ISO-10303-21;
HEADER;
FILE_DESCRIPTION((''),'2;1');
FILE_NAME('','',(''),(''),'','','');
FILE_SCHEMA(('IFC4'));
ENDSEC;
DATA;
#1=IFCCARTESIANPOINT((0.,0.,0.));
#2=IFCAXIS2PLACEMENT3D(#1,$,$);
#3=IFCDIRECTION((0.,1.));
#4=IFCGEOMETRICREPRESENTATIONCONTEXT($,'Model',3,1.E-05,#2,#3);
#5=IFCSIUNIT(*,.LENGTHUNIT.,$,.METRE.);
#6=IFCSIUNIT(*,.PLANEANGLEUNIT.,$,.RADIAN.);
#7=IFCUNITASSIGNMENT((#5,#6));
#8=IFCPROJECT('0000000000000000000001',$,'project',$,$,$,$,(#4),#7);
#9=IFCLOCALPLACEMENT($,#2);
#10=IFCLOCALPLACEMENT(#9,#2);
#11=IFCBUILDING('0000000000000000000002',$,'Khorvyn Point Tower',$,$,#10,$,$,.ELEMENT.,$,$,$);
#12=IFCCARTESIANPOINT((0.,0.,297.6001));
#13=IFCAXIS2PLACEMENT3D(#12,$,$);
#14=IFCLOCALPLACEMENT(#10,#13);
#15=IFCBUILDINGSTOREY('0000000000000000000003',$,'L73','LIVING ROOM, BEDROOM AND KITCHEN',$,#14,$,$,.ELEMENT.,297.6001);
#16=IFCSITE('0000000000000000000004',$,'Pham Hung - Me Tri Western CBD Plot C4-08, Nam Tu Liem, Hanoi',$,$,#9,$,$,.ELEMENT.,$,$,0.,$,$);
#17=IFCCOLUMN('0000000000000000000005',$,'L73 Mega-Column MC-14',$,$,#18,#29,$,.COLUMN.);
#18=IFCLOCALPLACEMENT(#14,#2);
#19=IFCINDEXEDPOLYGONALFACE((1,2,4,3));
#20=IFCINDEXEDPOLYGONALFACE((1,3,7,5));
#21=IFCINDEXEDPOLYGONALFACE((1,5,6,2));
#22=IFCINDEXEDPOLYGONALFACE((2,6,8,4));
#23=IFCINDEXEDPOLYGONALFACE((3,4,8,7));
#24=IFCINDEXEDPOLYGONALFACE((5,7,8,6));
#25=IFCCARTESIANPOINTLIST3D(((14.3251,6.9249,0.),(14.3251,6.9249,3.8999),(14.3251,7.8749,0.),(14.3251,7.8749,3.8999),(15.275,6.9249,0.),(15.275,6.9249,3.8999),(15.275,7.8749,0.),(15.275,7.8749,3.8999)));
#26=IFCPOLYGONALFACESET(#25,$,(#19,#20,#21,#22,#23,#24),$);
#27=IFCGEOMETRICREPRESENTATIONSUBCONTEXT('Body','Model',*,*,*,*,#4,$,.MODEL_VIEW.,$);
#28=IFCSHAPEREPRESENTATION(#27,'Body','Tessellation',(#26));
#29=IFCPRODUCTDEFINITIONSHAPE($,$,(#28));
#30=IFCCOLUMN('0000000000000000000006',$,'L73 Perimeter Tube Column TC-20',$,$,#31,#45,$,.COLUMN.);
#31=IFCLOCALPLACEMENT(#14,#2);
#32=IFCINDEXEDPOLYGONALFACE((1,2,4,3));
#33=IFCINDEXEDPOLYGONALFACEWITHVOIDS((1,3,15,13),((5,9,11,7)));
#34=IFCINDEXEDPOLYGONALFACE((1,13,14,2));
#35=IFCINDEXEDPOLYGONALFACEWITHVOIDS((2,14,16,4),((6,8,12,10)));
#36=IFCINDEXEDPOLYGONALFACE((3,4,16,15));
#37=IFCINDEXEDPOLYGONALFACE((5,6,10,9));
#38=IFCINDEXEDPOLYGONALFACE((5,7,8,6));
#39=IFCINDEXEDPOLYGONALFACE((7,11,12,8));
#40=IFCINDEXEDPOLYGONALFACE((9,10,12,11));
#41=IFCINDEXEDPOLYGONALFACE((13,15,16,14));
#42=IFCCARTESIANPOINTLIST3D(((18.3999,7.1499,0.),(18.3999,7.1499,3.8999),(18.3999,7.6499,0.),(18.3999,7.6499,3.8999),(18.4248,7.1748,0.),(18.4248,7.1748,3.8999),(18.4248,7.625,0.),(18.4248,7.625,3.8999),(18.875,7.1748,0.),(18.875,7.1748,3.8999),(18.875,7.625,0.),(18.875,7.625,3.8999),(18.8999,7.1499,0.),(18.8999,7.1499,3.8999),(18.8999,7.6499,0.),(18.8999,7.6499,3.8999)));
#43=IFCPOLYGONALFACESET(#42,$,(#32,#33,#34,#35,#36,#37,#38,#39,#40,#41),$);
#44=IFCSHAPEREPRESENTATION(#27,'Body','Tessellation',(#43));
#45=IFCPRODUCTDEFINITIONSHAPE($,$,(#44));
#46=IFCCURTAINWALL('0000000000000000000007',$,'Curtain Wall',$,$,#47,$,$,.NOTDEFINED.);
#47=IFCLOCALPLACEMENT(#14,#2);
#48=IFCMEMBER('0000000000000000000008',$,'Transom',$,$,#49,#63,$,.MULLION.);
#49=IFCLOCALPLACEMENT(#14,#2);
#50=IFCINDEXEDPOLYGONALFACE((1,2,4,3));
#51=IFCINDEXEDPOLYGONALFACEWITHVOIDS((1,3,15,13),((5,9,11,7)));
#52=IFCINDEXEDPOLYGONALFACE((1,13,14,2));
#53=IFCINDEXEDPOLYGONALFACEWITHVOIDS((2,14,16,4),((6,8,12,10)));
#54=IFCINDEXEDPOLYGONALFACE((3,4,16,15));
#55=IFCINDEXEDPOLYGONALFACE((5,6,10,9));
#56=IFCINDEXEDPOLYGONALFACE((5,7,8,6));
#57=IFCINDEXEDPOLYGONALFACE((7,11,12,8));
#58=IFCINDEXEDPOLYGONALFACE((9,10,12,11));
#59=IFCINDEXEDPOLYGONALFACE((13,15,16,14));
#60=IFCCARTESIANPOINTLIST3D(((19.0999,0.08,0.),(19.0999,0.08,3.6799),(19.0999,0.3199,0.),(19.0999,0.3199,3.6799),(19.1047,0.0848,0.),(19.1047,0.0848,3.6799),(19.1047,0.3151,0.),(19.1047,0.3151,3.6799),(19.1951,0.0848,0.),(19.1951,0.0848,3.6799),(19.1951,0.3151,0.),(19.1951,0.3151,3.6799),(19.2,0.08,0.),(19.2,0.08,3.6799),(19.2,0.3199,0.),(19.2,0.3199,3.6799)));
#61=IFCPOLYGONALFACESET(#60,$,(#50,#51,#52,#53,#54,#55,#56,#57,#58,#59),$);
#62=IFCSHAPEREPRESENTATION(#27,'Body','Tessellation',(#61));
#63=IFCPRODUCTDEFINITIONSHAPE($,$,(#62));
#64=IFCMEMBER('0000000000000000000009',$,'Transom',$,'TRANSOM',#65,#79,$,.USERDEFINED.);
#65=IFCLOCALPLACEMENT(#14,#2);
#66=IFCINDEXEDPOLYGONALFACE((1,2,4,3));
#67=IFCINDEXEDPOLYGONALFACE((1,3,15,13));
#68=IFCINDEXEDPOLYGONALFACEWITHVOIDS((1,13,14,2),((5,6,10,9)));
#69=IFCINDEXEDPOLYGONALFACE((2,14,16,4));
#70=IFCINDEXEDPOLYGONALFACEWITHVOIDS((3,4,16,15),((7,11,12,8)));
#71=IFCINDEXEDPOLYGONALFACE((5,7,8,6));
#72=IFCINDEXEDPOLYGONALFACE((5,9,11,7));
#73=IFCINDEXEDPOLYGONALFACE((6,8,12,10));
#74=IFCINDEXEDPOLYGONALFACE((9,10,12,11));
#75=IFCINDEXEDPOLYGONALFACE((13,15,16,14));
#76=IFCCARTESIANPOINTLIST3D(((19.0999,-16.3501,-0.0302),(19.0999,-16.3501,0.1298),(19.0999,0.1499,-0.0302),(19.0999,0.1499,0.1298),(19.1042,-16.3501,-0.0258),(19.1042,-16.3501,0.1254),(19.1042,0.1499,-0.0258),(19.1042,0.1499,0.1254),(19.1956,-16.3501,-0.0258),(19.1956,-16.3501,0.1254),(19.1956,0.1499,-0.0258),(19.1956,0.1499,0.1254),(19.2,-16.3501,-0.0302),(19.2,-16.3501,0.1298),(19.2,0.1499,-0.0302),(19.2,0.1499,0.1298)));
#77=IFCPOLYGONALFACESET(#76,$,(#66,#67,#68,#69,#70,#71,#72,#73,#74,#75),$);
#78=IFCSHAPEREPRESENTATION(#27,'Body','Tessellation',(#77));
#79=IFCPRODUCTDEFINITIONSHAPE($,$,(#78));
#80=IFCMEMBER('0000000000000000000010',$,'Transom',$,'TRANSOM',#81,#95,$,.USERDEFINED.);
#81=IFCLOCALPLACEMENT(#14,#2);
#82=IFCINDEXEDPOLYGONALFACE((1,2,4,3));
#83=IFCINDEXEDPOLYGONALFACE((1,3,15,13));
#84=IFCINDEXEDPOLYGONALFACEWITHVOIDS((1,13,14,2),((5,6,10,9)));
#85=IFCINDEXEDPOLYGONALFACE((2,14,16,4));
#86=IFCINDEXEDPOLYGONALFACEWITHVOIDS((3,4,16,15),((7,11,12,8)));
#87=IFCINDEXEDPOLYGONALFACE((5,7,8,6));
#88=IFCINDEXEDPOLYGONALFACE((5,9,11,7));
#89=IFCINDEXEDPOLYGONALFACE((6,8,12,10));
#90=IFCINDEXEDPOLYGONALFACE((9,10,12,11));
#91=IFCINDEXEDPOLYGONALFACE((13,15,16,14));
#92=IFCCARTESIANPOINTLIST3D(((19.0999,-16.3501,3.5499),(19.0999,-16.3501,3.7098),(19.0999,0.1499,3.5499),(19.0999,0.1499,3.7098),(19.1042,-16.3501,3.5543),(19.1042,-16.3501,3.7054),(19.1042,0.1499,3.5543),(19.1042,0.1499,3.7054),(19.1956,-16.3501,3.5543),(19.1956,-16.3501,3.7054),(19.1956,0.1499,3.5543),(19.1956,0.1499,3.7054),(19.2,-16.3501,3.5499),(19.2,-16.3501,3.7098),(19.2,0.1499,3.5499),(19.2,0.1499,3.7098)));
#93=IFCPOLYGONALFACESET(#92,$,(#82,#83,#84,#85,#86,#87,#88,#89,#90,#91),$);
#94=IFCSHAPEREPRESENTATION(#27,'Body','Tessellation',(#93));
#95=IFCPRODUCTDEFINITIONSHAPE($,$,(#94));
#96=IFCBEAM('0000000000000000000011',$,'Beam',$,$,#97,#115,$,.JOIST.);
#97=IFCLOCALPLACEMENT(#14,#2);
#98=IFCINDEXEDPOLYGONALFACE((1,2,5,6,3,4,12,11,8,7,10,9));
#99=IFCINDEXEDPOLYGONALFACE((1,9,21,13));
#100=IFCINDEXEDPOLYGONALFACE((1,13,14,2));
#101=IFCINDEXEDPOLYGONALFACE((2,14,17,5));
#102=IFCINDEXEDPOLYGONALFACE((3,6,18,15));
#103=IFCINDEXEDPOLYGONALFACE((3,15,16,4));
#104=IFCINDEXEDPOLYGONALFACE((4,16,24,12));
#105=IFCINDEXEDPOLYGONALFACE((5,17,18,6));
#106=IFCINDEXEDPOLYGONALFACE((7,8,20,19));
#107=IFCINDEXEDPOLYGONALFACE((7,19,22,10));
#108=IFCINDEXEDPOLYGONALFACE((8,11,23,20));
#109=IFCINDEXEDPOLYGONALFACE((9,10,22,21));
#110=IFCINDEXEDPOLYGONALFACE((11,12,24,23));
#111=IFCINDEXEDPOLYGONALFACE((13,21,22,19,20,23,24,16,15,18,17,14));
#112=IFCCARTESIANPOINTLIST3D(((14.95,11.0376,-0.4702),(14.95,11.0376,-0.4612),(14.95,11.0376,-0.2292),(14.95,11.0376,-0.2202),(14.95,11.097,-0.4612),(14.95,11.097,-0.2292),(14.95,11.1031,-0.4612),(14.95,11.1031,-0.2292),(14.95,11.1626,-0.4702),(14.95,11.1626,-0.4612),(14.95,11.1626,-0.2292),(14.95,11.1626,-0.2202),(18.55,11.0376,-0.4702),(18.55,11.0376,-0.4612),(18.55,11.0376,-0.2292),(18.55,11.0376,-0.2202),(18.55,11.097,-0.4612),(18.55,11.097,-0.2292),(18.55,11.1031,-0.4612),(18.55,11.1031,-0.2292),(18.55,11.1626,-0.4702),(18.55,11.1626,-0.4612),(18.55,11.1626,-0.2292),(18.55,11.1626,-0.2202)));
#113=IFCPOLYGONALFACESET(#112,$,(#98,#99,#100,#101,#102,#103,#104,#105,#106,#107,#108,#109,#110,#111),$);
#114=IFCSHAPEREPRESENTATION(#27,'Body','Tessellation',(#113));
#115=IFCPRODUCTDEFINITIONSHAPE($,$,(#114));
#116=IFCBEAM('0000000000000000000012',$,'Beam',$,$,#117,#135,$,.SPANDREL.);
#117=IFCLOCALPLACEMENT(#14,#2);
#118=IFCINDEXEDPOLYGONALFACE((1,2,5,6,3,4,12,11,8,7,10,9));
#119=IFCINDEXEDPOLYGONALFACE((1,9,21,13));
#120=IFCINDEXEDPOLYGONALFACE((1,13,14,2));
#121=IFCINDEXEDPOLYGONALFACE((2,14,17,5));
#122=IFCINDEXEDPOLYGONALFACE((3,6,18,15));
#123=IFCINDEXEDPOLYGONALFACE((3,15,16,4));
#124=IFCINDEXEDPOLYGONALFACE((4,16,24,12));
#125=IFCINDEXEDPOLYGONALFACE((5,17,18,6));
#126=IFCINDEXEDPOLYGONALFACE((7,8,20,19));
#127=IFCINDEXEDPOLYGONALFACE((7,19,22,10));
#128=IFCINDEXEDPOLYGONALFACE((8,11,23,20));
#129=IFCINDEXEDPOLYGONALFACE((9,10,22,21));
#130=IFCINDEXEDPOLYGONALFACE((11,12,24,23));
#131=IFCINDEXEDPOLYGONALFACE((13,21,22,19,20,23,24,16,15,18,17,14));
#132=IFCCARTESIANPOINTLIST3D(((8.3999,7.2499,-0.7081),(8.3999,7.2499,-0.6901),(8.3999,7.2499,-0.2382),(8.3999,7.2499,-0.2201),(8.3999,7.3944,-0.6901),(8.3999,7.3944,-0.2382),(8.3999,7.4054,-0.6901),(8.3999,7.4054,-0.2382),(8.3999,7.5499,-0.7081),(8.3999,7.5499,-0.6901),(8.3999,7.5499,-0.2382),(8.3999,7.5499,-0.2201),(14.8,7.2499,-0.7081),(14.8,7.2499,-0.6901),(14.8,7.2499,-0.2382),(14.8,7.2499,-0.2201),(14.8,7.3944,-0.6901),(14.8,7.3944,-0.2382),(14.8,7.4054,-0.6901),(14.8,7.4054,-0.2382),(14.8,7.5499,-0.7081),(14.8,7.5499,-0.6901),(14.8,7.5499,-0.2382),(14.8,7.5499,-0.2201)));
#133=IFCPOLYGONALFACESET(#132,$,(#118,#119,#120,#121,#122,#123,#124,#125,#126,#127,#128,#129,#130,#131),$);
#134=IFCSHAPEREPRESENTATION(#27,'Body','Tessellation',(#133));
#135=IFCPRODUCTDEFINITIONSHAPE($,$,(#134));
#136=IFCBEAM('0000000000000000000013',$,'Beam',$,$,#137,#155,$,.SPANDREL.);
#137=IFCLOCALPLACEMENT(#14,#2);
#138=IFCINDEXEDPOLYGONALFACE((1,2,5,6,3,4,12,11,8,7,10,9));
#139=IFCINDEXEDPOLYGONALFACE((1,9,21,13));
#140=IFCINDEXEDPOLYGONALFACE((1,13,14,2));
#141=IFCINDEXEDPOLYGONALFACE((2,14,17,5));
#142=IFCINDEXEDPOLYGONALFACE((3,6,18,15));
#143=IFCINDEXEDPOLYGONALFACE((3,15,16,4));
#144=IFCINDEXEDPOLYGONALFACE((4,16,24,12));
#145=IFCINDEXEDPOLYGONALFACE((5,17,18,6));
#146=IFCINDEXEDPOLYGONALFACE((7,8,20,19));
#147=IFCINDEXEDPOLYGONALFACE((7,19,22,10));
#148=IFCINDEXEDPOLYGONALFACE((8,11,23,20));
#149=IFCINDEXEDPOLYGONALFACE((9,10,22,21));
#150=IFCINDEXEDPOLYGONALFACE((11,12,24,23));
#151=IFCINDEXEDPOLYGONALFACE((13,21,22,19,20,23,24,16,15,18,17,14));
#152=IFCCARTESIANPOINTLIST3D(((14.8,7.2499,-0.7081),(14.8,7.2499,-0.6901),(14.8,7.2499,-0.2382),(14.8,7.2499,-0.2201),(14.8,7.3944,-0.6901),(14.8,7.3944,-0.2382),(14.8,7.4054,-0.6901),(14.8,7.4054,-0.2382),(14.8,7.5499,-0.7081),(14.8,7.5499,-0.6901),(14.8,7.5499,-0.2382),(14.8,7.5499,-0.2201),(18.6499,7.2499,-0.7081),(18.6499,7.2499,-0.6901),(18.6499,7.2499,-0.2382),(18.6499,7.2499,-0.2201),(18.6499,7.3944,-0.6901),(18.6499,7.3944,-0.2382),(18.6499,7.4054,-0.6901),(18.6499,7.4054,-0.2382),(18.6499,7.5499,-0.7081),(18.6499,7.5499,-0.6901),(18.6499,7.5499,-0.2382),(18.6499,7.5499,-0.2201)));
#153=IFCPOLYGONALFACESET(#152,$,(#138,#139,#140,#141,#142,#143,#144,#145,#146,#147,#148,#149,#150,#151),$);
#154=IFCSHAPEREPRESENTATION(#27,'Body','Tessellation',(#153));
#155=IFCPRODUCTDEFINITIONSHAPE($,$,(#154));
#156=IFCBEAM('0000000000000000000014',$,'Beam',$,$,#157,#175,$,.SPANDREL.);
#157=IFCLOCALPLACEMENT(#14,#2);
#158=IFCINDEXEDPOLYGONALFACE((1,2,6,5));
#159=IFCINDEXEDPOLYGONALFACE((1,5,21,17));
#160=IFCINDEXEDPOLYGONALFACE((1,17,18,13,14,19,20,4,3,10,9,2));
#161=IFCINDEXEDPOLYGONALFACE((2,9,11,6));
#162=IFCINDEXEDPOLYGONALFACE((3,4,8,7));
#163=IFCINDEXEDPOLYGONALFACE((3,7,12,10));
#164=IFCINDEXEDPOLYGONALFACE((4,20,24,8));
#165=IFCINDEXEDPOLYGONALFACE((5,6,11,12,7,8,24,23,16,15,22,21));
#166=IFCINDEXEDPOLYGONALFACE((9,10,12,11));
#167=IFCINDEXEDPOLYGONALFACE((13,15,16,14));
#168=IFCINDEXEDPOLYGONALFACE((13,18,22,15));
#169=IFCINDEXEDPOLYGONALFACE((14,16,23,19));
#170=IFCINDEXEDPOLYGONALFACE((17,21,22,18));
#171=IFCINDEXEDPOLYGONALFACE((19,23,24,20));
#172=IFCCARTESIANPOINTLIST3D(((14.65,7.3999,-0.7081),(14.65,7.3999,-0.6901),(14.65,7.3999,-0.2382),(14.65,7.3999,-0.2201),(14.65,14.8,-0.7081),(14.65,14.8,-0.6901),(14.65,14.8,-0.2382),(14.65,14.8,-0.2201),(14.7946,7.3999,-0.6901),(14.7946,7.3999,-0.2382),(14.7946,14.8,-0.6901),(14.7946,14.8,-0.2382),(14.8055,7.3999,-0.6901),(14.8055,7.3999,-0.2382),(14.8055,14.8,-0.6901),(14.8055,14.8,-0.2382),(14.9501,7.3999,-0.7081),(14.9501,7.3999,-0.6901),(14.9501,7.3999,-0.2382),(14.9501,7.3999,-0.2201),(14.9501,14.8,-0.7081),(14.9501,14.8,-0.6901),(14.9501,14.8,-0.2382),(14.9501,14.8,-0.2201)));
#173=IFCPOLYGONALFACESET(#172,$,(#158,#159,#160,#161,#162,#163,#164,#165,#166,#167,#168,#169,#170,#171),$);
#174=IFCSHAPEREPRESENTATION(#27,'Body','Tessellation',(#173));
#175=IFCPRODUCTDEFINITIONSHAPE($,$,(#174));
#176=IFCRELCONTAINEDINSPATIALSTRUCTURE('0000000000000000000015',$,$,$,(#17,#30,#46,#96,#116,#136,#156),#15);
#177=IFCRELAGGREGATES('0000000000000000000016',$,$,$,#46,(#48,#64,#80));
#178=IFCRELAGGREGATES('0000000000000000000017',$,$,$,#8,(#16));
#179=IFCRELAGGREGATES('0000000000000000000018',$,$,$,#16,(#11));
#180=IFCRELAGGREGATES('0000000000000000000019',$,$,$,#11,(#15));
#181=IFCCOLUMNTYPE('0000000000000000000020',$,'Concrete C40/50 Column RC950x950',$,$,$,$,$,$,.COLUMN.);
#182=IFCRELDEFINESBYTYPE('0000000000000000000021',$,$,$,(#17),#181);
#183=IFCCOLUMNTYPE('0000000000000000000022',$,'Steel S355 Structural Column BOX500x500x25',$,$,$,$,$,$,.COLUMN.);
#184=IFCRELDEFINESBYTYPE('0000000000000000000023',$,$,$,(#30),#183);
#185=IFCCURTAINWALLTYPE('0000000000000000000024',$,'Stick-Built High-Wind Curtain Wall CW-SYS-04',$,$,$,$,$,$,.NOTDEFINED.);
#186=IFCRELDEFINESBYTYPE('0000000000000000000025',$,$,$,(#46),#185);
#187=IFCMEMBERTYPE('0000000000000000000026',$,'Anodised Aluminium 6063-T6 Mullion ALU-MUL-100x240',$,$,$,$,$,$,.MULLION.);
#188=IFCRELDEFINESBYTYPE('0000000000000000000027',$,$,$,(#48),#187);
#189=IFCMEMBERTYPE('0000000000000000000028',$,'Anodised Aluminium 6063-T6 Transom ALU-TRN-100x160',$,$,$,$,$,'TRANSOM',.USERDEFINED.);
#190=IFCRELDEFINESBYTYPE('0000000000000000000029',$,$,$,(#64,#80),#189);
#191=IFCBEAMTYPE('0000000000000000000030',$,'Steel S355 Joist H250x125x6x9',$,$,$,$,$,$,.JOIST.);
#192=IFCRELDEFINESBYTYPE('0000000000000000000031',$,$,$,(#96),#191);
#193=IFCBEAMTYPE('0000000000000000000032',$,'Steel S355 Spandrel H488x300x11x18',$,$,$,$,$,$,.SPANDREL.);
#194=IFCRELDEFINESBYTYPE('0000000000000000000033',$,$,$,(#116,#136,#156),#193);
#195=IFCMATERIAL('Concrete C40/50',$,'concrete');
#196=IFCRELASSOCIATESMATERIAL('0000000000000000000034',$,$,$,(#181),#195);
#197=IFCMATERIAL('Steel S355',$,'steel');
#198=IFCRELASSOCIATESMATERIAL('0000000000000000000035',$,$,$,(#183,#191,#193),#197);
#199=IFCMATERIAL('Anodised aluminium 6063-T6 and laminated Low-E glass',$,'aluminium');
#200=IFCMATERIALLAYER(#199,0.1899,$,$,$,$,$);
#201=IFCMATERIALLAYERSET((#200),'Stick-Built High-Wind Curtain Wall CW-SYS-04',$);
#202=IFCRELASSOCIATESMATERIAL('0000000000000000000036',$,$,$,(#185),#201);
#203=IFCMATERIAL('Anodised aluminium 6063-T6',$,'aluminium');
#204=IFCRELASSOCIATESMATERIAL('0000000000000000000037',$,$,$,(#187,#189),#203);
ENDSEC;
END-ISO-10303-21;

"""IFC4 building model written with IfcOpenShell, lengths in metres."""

from ifc_helpers import new_model, si_unit, direction, frame, origin, origin_2d, place, context, subcontext, project, spatial, rectangle, hollow_rectangle, i_section, extrude, material, layer, layer_set, material_profile, profile_set, type_object, element, aggregate, save


model = new_model("IFC4")

# Units and contexts
model_context = context("Model", 3, precision=1e-05, world=origin(), true_north=direction((0.0, 1.0)))
body_context = subcontext(model_context, "Body", "Model", "MODEL_VIEW")
ifc_project = project(units=[si_unit("LENGTHUNIT", "METRE"), si_unit("PLANEANGLEUNIT", "RADIAN")], contexts=[model_context])

# Site, building, storey
site_placement = place(None, origin())
site = spatial("IfcSite", under=ifc_project, at=site_placement, Name="Pham Hung - Me Tri Western CBD Plot C4-08, Nam Tu Liem, Hanoi", CompositionType="ELEMENT", RefElevation=0.0)
building_placement = place(site_placement, origin())
building = spatial("IfcBuilding", under=site, at=building_placement, Name="Khorvyn Point Tower", CompositionType="ELEMENT")
storey_placement = place(building_placement, frame((0.0, 0.0, 297.6001)))
storey = spatial("IfcBuildingStorey", under=building, at=storey_placement, Name="L73", Description="LIVING ROOM, BEDROOM AND KITCHEN", CompositionType="ELEMENT", Elevation=297.6001)

# Columns
ifc_material_1 = material(Name="Concrete C40/50", Category="concrete")
ifc_material_profile_1 = material_profile(ifc_material_1, rectangle(XDim=0.95, YDim=0.95, at=origin_2d()))
ifc_profile_set_1 = profile_set([ifc_material_profile_1], Name="Concrete C40/50 RC950x950")
column_type_1 = type_object("IfcColumnType", Name="Concrete C40/50 Column RC950x950", PredefinedType="COLUMN", material=ifc_profile_set_1)
column_1_placement = place(storey_placement, frame((14.8, 7.3999, 0.0), z_axis=(0.0, 0.0, 1.0), x_axis=(1.0, 0.0, 0.0)))
element("IfcColumn", 1, at=column_1_placement, inside=storey, type_object=column_type_1, Name="L73 Mega-Column MC-14", PredefinedType="COLUMN", context=body_context, shape_type="SweptSolid", body=[
    extrude(rectangle(XDim=0.95, YDim=0.95, at=origin_2d()), origin(), (0.0, 0.0, 1.0), 3.8999),
])
ifc_material_2 = material(Name="Steel S355", Category="steel")
ifc_material_profile_2 = material_profile(ifc_material_2, hollow_rectangle(XDim=0.5, YDim=0.5, WallThickness=0.0249, at=origin_2d()))
ifc_profile_set_2 = profile_set([ifc_material_profile_2], Name="Steel S355 BOX500x500x25")
column_type_2 = type_object("IfcColumnType", Name="Steel S355 Structural Column BOX500x500x25", PredefinedType="COLUMN", material=ifc_profile_set_2)
column_2_placement = place(storey_placement, frame((18.6499, 7.3999, 0.0), z_axis=(0.0, 0.0, 1.0), x_axis=(1.0, 0.0, 0.0)))
element("IfcColumn", 2, at=column_2_placement, inside=storey, type_object=column_type_2, Name="L73 Perimeter Tube Column TC-20", PredefinedType="COLUMN", context=body_context, shape_type="SweptSolid", body=[
    extrude(hollow_rectangle(XDim=0.5, YDim=0.5, WallThickness=0.0249, at=origin_2d()), origin(), (0.0, 0.0, 1.0), 3.8999),
])

# Curtain wall, members
ifc_material_3 = material(Name="Anodised aluminium 6063-T6 and laminated Low-E glass", Category="aluminium")
ifc_layer_1 = layer(ifc_material_3, 0.1899)
ifc_layer_set_1 = layer_set([ifc_layer_1], Name="Stick-Built High-Wind Curtain Wall CW-SYS-04")
curtain_wall_type = type_object("IfcCurtainWallType", Name="Stick-Built High-Wind Curtain Wall CW-SYS-04", PredefinedType="NOTDEFINED", material=ifc_layer_set_1)
curtain_wall_placement = place(storey_placement, origin())
curtain_wall = element("IfcCurtainWall", 3, at=curtain_wall_placement, inside=storey, type_object=curtain_wall_type, Name="Curtain Wall", PredefinedType="NOTDEFINED")
ifc_material_4 = material(Name="Anodised aluminium 6063-T6", Category="aluminium")
ifc_material_profile_3 = material_profile(ifc_material_4, hollow_rectangle(XDim=0.1001, YDim=0.24, WallThickness=0.0049, at=origin_2d()))
ifc_profile_set_3 = profile_set([ifc_material_profile_3], Name="Anodised aluminium 6063-T6 ALU-MUL-100x240")
member_type_1 = type_object("IfcMemberType", Name="Anodised Aluminium 6063-T6 Mullion ALU-MUL-100x240", PredefinedType="MULLION", material=ifc_profile_set_3)
member_1_placement = place(storey_placement, frame((19.1499, 0.2, 0.0), z_axis=(0.0, 0.0, 1.0), x_axis=(1.0, 0.0, 0.0)))
member_1 = element("IfcMember", 4, at=member_1_placement, type_object=member_type_1, Name="Transom", PredefinedType="MULLION", context=body_context, shape_type="SweptSolid", body=[
    extrude(hollow_rectangle(XDim=0.1001, YDim=0.24, WallThickness=0.0049, at=origin_2d()), origin(), (0.0, 0.0, 1.0), 3.6799),
])
ifc_material_profile_4 = material_profile(ifc_material_4, hollow_rectangle(XDim=0.1001, YDim=0.1599, WallThickness=0.0044, at=origin_2d()))
ifc_profile_set_4 = profile_set([ifc_material_profile_4], Name="Anodised aluminium 6063-T6 ALU-TRN-100x160")
member_type_2 = type_object("IfcMemberType", Name="Anodised Aluminium 6063-T6 Transom ALU-TRN-100x160", ElementType="TRANSOM", PredefinedType="USERDEFINED", material=ifc_profile_set_4)
member_2_placement = place(storey_placement, frame((19.1499, 0.1499, 0.0498), z_axis=(0.0, -1.0, 0.0), x_axis=(1.0, 0.0, 0.0)))
member_2 = element("IfcMember", 5, at=member_2_placement, type_object=member_type_2, Name="Transom", ObjectType="TRANSOM", PredefinedType="USERDEFINED", context=body_context, shape_type="SweptSolid", body=[
    extrude(hollow_rectangle(XDim=0.1001, YDim=0.1599, WallThickness=0.0044, at=origin_2d()), origin(), (0.0, 0.0, 1.0), 16.5),
])
member_3_placement = place(storey_placement, frame((19.1499, 0.1499, 3.6299), z_axis=(0.0, -1.0, 0.0), x_axis=(1.0, 0.0, 0.0)))
member_3 = element("IfcMember", 6, at=member_3_placement, type_object=member_type_2, Name="Transom", ObjectType="TRANSOM", PredefinedType="USERDEFINED", context=body_context, shape_type="SweptSolid", body=[
    extrude(hollow_rectangle(XDim=0.1001, YDim=0.1599, WallThickness=0.0044, at=origin_2d()), origin(), (0.0, 0.0, 1.0), 16.5),
])

# Beams
ifc_material_profile_5 = material_profile(ifc_material_2, i_section(OverallWidth=0.125, OverallDepth=0.25, WebThickness=0.0061, FlangeThickness=0.009, at=origin_2d()))
ifc_profile_set_5 = profile_set([ifc_material_profile_5], Name="Steel S355 H250x125x6x9")
beam_type_1 = type_object("IfcBeamType", Name="Steel S355 Joist H250x125x6x9", PredefinedType="JOIST", material=ifc_profile_set_5)
beam_1_placement = place(storey_placement, frame((14.95, 11.1001, -0.3452), z_axis=(1.0, 0.0, 0.0), x_axis=(0.0, 1.0, 0.0)))
element("IfcBeam", 7, at=beam_1_placement, inside=storey, type_object=beam_type_1, Name="Beam", PredefinedType="JOIST", context=body_context, shape_type="SweptSolid", body=[
    extrude(i_section(OverallWidth=0.125, OverallDepth=0.25, WebThickness=0.0061, FlangeThickness=0.009, at=origin_2d()), origin(), (0.0, 0.0, 1.0), 3.6001),
])
ifc_material_profile_6 = material_profile(ifc_material_2, i_section(OverallWidth=0.3, OverallDepth=0.488, WebThickness=0.011, FlangeThickness=0.0181, at=origin_2d()))
ifc_profile_set_6 = profile_set([ifc_material_profile_6], Name="Steel S355 H488x300x11x18")
beam_type_2 = type_object("IfcBeamType", Name="Steel S355 Spandrel H488x300x11x18", PredefinedType="SPANDREL", material=ifc_profile_set_6)
beam_2_placement = place(storey_placement, frame((8.3999, 7.3999, -0.4641), z_axis=(1.0, 0.0, 0.0), x_axis=(0.0, 1.0, 0.0)))
element("IfcBeam", 8, at=beam_2_placement, inside=storey, type_object=beam_type_2, Name="Beam", PredefinedType="SPANDREL", context=body_context, shape_type="SweptSolid", body=[
    extrude(i_section(OverallWidth=0.3, OverallDepth=0.488, WebThickness=0.011, FlangeThickness=0.0181, at=origin_2d()), origin(), (0.0, 0.0, 1.0), 6.4001),
])
beam_3_placement = place(storey_placement, frame((14.8, 7.3999, -0.4641), z_axis=(1.0, 0.0, 0.0), x_axis=(0.0, 1.0, 0.0)))
element("IfcBeam", 9, at=beam_3_placement, inside=storey, type_object=beam_type_2, Name="Beam", PredefinedType="SPANDREL", context=body_context, shape_type="SweptSolid", body=[
    extrude(i_section(OverallWidth=0.3, OverallDepth=0.488, WebThickness=0.011, FlangeThickness=0.0181, at=origin_2d()), origin(), (0.0, 0.0, 1.0), 3.8499),
])
beam_4_placement = place(storey_placement, frame((14.8, 7.3999, -0.4641), z_axis=(0.0, 1.0, 0.0), x_axis=(-1.0, 0.0, 0.0)))
element("IfcBeam", 10, at=beam_4_placement, inside=storey, type_object=beam_type_2, Name="Beam", PredefinedType="SPANDREL", context=body_context, shape_type="SweptSolid", body=[
    extrude(i_section(OverallWidth=0.3, OverallDepth=0.488, WebThickness=0.011, FlangeThickness=0.0181, at=origin_2d()), origin(), (0.0, 0.0, 1.0), 7.4001),
])

aggregate(curtain_wall, [member_1, member_2, member_3])

save(model, "model.ifc")
